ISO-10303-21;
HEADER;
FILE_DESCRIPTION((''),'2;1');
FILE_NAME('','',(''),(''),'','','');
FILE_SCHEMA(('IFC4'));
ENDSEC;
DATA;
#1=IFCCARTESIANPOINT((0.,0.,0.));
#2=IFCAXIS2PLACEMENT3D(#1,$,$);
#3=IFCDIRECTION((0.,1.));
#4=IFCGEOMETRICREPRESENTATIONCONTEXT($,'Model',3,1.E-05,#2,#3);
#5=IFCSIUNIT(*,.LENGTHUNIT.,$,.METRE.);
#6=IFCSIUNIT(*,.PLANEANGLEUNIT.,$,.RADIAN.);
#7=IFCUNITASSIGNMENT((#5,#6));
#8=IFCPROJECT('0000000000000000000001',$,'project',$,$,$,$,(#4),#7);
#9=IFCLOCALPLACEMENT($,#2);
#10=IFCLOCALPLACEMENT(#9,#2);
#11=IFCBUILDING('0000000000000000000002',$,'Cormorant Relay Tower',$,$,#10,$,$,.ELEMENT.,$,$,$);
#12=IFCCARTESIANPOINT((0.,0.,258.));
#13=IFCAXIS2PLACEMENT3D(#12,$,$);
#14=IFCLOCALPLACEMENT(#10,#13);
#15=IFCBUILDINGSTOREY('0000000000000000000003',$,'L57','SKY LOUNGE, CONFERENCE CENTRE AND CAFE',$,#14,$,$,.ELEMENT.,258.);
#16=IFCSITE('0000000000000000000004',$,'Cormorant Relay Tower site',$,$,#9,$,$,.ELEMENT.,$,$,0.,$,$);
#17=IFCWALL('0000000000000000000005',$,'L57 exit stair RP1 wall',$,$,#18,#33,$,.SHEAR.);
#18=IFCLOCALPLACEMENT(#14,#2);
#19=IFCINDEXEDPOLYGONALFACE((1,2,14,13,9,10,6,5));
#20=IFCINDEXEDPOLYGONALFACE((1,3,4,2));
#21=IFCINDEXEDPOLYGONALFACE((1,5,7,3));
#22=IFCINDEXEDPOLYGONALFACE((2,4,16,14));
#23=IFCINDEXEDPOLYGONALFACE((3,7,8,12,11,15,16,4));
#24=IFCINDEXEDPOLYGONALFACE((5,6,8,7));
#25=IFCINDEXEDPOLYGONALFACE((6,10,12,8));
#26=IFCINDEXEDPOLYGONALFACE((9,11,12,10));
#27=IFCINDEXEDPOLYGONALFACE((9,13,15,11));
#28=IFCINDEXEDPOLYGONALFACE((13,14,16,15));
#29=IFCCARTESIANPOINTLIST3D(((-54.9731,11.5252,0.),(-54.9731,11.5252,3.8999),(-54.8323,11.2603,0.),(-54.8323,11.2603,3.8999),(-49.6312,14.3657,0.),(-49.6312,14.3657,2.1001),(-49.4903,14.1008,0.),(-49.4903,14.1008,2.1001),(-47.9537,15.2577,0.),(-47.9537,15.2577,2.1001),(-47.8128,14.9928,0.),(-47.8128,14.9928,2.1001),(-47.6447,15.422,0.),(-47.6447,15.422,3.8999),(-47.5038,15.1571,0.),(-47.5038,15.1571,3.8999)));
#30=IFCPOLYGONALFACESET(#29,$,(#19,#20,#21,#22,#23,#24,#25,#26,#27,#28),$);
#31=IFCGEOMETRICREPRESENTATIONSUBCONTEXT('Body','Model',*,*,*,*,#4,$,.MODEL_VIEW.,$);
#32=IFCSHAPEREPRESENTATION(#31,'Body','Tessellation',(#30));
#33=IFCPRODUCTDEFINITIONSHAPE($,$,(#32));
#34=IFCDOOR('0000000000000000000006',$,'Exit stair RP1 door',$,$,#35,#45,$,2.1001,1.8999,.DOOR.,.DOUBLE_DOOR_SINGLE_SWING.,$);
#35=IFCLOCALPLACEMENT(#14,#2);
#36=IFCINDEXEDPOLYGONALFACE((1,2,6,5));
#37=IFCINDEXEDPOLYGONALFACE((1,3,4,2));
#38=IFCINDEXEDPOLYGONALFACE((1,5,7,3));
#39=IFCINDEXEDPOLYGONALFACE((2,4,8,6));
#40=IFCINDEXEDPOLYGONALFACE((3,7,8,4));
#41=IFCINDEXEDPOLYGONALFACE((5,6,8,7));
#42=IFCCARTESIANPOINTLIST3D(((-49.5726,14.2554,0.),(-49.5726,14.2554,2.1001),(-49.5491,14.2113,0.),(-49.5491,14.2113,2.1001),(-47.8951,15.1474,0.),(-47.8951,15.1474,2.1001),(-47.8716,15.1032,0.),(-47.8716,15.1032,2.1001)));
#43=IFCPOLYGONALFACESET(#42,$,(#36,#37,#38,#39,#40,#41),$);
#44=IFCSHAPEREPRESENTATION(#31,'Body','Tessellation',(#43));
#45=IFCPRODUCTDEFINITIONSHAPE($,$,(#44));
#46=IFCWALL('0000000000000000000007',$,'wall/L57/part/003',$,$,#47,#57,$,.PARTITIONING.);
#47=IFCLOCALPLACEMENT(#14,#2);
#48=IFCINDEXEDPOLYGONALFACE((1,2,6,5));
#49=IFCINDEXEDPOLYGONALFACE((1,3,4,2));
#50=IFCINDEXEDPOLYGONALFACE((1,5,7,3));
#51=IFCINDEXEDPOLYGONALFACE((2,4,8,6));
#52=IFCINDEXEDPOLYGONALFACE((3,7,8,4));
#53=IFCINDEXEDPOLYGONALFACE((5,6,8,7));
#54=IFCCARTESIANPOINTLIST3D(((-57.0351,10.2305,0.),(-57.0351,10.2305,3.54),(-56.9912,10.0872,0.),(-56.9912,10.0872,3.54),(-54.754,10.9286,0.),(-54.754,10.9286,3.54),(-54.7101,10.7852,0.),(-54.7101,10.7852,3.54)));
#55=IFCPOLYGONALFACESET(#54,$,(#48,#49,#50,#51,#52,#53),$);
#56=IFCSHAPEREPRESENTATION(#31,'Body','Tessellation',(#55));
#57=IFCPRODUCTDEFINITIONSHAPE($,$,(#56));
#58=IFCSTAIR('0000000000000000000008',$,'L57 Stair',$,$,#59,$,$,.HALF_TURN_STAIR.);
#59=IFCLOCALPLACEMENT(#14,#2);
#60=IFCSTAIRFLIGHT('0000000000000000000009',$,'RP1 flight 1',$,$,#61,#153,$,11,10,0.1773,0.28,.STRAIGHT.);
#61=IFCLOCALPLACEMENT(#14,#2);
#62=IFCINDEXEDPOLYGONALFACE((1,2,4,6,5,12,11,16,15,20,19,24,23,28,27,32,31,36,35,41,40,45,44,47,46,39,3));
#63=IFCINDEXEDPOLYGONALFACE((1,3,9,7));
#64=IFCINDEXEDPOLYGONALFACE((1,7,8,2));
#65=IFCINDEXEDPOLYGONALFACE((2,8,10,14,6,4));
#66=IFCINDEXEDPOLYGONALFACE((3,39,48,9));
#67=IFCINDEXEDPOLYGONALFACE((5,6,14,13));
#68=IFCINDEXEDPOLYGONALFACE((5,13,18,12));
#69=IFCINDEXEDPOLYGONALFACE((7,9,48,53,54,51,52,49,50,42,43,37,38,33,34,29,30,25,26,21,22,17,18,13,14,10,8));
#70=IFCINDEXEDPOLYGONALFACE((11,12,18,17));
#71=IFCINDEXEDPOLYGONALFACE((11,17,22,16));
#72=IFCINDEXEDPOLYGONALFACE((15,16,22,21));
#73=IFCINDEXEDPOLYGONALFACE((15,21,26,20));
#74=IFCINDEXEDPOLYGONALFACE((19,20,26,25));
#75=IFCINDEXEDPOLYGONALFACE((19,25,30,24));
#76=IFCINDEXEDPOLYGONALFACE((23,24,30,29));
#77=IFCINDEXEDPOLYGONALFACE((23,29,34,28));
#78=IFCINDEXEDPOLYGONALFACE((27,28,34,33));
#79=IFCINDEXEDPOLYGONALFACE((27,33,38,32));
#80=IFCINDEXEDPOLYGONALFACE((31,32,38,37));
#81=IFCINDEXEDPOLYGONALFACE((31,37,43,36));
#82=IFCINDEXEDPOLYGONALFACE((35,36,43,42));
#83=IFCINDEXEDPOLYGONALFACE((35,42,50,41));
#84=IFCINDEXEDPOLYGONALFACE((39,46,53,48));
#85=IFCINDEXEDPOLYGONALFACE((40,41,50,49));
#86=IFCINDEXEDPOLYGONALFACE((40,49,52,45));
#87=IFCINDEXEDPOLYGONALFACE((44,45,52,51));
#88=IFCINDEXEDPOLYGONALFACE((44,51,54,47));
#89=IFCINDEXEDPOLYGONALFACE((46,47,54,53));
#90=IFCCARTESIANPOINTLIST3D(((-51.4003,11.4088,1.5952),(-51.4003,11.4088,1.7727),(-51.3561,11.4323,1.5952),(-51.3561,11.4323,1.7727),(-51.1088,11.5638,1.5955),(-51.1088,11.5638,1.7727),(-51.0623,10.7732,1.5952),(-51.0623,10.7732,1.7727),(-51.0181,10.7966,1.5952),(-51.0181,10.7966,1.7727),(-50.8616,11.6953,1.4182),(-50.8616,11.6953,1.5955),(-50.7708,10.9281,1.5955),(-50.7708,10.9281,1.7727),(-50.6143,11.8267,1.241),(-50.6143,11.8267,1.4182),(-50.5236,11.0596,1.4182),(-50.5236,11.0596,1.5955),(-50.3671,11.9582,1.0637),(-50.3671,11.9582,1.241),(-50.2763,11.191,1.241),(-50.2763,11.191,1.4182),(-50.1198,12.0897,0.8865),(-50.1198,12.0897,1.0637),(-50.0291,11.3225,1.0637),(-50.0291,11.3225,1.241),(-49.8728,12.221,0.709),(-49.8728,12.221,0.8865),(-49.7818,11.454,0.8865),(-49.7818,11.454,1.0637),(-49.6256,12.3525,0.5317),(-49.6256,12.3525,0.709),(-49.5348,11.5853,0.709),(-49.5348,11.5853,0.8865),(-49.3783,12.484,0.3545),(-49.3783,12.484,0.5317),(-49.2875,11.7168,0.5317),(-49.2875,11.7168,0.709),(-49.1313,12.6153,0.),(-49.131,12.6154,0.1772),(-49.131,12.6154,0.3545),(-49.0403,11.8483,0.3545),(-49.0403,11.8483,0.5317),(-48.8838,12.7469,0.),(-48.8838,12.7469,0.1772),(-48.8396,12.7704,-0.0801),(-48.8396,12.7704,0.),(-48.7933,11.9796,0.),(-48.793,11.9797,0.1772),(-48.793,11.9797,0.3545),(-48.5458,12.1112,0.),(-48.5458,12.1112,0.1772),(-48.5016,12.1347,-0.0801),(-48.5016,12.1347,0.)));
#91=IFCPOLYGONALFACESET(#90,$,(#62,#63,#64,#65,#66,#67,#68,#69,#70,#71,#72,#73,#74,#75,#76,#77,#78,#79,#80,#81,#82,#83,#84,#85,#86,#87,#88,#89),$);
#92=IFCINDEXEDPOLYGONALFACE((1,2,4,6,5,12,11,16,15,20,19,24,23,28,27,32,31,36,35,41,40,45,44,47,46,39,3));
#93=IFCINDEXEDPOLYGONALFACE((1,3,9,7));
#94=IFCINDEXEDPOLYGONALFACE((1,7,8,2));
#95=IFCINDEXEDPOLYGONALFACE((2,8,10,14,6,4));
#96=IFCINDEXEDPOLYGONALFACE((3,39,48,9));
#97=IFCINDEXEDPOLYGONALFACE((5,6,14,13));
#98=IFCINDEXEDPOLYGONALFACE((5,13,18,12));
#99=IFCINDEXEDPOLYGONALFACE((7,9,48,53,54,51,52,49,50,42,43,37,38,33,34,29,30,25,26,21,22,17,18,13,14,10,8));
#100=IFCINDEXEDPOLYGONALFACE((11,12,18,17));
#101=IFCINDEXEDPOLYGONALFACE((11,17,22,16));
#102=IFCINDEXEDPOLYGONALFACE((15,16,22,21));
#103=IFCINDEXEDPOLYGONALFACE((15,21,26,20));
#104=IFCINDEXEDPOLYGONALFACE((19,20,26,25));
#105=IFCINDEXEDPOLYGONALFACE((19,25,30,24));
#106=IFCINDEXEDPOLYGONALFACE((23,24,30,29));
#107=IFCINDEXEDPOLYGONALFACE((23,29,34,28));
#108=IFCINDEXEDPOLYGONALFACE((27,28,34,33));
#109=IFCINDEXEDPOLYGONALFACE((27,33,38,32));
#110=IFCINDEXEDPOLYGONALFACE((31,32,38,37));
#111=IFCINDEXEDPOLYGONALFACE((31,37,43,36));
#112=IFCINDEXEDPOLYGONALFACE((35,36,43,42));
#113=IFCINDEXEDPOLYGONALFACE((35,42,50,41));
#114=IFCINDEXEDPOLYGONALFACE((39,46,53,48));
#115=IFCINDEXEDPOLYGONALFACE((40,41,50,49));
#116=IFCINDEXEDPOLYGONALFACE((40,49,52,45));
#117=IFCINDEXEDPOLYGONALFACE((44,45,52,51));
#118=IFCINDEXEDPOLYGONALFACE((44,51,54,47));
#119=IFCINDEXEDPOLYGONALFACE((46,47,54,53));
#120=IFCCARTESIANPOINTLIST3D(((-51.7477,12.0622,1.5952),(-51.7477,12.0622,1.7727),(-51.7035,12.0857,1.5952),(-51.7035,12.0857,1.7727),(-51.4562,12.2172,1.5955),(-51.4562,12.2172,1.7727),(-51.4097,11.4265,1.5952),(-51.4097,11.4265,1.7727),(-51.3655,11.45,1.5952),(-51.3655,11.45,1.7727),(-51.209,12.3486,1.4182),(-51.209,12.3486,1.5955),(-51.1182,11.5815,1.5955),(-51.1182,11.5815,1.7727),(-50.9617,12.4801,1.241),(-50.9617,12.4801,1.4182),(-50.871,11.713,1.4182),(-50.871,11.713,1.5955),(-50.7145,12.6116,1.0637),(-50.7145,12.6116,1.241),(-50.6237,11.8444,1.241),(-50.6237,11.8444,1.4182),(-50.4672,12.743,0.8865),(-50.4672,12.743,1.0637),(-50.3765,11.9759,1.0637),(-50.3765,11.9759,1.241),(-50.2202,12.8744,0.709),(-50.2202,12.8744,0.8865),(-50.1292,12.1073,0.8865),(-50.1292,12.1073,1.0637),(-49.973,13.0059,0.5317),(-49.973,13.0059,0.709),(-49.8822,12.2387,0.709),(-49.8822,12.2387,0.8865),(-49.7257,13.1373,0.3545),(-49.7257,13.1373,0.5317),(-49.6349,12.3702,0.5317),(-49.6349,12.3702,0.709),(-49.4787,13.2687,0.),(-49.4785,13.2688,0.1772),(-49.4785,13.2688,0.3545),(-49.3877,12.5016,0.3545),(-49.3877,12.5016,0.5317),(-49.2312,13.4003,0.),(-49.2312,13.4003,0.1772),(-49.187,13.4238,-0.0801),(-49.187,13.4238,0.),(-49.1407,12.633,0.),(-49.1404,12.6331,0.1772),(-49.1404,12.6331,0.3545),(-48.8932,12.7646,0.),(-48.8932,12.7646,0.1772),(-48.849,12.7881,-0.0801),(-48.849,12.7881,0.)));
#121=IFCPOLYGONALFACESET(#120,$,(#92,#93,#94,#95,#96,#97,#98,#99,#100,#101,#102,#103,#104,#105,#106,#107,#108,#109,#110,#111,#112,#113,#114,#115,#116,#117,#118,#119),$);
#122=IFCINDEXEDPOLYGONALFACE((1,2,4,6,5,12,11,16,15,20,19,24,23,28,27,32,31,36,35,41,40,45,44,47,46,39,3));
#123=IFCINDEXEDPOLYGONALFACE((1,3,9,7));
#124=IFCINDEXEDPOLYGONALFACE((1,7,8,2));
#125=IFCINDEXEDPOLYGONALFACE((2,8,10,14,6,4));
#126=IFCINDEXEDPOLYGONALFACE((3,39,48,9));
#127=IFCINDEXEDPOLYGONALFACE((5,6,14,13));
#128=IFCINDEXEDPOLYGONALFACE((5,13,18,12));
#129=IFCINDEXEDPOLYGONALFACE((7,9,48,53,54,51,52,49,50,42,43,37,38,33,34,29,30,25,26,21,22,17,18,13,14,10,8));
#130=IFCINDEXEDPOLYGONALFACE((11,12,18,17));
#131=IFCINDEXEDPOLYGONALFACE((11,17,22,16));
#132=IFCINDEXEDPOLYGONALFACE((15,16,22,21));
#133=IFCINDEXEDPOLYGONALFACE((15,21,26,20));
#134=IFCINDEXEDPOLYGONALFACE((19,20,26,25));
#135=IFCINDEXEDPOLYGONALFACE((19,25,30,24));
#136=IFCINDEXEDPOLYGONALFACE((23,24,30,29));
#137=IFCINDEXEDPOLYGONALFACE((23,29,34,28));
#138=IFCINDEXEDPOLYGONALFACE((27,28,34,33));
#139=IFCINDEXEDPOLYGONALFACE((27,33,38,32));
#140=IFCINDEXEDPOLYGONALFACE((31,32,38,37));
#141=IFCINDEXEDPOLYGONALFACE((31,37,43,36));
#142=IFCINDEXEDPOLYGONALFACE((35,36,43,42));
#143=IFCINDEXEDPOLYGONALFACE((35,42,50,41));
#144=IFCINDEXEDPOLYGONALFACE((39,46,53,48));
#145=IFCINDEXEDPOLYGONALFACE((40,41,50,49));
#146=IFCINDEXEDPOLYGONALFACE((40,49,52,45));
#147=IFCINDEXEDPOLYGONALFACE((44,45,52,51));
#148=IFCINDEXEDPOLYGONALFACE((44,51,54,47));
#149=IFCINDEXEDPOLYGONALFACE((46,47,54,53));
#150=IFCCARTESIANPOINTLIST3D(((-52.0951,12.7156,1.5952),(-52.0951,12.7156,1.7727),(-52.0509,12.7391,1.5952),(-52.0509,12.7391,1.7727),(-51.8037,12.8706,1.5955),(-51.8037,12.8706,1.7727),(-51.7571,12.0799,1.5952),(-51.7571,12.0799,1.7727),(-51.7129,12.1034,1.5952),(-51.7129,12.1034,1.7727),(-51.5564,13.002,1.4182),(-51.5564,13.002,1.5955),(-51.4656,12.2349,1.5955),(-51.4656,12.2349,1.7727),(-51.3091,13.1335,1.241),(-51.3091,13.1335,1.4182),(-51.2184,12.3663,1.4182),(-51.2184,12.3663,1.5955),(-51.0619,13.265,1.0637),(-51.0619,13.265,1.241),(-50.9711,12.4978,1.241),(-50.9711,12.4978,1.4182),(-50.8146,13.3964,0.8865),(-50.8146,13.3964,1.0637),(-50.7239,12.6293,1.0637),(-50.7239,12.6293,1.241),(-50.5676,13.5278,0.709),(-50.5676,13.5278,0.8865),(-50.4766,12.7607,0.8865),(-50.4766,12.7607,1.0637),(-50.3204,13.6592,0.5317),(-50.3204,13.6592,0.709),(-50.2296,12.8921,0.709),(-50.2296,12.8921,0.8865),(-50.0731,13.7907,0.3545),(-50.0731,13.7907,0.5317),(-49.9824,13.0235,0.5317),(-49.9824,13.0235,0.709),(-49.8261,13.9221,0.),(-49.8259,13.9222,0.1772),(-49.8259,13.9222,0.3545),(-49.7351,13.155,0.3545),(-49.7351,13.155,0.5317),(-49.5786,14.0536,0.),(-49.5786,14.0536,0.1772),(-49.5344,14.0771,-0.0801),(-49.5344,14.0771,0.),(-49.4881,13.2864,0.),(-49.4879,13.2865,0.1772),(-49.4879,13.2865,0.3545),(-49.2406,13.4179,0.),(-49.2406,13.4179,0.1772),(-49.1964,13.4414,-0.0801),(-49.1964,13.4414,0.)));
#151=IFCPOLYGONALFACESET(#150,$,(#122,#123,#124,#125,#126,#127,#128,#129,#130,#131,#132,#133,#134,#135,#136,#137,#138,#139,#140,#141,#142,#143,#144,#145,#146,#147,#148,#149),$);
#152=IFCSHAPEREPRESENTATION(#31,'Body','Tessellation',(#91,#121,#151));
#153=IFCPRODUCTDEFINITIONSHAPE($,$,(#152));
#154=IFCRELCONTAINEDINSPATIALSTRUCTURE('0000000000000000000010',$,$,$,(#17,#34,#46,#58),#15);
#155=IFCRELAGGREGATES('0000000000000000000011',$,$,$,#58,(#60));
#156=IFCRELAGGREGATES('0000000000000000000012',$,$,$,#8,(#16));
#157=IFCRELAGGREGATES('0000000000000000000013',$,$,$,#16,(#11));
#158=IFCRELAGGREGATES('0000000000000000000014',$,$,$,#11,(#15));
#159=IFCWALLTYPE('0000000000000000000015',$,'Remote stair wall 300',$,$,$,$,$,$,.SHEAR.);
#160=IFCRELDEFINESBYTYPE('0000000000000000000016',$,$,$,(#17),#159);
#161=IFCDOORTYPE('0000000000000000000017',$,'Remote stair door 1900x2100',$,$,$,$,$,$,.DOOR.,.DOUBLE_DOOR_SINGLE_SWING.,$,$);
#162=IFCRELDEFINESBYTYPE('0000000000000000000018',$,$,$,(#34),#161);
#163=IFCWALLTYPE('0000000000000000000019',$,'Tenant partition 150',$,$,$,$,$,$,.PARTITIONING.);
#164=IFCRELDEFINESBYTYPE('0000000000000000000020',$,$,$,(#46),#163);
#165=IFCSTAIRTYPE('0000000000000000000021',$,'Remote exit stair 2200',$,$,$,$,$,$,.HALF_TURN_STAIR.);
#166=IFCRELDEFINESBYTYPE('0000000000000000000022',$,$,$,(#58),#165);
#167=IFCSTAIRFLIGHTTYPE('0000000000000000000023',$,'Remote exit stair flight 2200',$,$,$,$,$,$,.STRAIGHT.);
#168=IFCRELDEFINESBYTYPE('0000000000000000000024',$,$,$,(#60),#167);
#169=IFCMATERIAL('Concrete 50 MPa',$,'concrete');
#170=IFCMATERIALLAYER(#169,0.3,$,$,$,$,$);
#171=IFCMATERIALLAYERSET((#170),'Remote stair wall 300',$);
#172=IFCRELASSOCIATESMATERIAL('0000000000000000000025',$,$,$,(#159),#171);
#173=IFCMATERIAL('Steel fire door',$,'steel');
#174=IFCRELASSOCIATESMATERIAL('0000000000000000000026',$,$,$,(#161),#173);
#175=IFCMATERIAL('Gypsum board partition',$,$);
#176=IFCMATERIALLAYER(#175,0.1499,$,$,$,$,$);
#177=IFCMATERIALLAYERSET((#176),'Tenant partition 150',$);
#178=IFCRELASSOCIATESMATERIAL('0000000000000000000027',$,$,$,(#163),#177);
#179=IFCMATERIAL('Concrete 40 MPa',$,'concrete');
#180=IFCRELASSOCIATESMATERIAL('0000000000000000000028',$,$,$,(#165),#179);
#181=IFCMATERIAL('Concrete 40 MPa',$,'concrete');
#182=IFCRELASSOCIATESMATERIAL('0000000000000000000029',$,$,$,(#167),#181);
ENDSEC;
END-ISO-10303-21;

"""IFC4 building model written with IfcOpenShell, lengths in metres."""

from ifc_helpers import new_model, si_unit, direction, frame, frame_2d, origin, place, context, subcontext, project, spatial, polyline, rectangle, outline, extrude, material, layer, layer_set, type_object, element, fill, aggregate, save


model = new_model("IFC4")

# Units and contexts
model_context = context("Model", 3, precision=1e-05, world=origin(), true_north=direction((0.0, 1.0)))
body_context = subcontext(model_context, "Body", "Model", "MODEL_VIEW")
ifc_project = project(units=[si_unit("LENGTHUNIT", "METRE"), si_unit("PLANEANGLEUNIT", "RADIAN")], contexts=[model_context])

# Site, building, storey
site_placement = place(None, origin())
site = spatial("IfcSite", under=ifc_project, at=site_placement, Name="Cormorant Relay Tower site", CompositionType="ELEMENT", RefElevation=0.0)
building_placement = place(site_placement, origin())
building = spatial("IfcBuilding", under=site, at=building_placement, Name="Cormorant Relay Tower", CompositionType="ELEMENT")
storey_placement = place(building_placement, frame((0.0, 0.0, 258.0)))
storey = spatial("IfcBuildingStorey", under=building, at=storey_placement, Name="L57", Description="SKY LOUNGE, CONFERENCE CENTRE AND CAFE", CompositionType="ELEMENT", Elevation=258.0)

# Shared definitions
ifc_material_1 = material(Name="Concrete 50 MPa", Category="concrete")
ifc_layer_1 = layer(ifc_material_1, 0.3)
ifc_layer_set_1 = layer_set([ifc_layer_1], Name="Remote stair wall 300")
wall_type_1 = type_object("IfcWallType", Name="Remote stair wall 300", PredefinedType="SHEAR", material=ifc_layer_set_1)

# Wall, opening, door
wall_1_placement = place(storey_placement, frame((-54.9026, 11.3928, 0.0), z_axis=(0.0, 0.0, 1.0), x_axis=(0.882939, 0.469487, 0.0)))
wall_1 = element("IfcWall", 1, at=wall_1_placement, inside=storey, type_object=wall_type_1, Name="L57 exit stair RP1 wall", PredefinedType="SHEAR", context=body_context, shape_type="SweptSolid", body=[
    extrude(rectangle(XDim=8.3, YDim=0.3, at=frame_2d((4.1499, 0.0))), origin(), (0.0, 0.0, 1.0), 3.8999),
])
opening_placement = place(wall_1_placement, frame((6.05, 0.0, 0.0)))
opening = element("IfcOpeningElement", 2, at=opening_placement, cuts=wall_1, PredefinedType="OPENING", context=body_context, shape_type="SweptSolid", body=[
    extrude(rectangle(XDim=1.8999, YDim=2.1001, at=frame_2d((0.95, 1.05))), frame((0.0, 0.1599, 0.0), z_axis=(0.0, -1.0, 0.0), x_axis=(1.0, 0.0, 0.0)), (0.0, 0.0, 1.0), 0.3201),
])
ifc_material_2 = material(Name="Steel fire door", Category="steel")
door_type = type_object("IfcDoorType", Name="Remote stair door 1900x2100", OperationType="DOUBLE_DOOR_SINGLE_SWING", PredefinedType="DOOR", material=ifc_material_2)
door_placement = place(opening_placement, frame((1.8999, 0.0, 0.0), z_axis=(0.0, 0.0, 1.0), x_axis=(-1.0, 0.0, 0.0)))
door = element("IfcDoor", 3, at=door_placement, inside=storey, type_object=door_type, Name="Exit stair RP1 door", OperationType="DOUBLE_DOOR_SINGLE_SWING", OverallHeight=2.1001, OverallWidth=1.8999, PredefinedType="DOOR", context=body_context, shape_type="SweptSolid", body=[
    extrude(rectangle(XDim=1.8999, YDim=2.1001, at=frame_2d((0.95, 1.05))), frame((0.0, 0.0249, 0.0), z_axis=(0.0, -1.0, 0.0), x_axis=(1.0, 0.0, 0.0)), (0.0, 0.0, 1.0), 0.05),
])
fill(opening, door)

# Wall
ifc_material_3 = material(Name="Gypsum board partition")
ifc_layer_2 = layer(ifc_material_3, 0.1499)
ifc_layer_set_2 = layer_set([ifc_layer_2], Name="Tenant partition 150")
wall_type_2 = type_object("IfcWallType", Name="Tenant partition 150", PredefinedType="PARTITIONING", material=ifc_layer_set_2)
wall_2_placement = place(storey_placement, frame((-54.7319, 10.8569, 0.0), z_axis=(0.0, 0.0, 1.0), x_axis=(-0.956232, -0.292611, 0.0)))
element("IfcWall", 4, at=wall_2_placement, inside=storey, type_object=wall_type_2, Name="wall/L57/part/003", PredefinedType="PARTITIONING", context=body_context, shape_type="SweptSolid", body=[
    extrude(rectangle(XDim=2.3855, YDim=0.1499, at=frame_2d((1.1929, 0.0))), origin(), (0.0, 0.0, 1.0), 3.54),
])

# Stair, stair flight
ifc_material_4 = material(Name="Concrete 40 MPa", Category="concrete")
stair_type = type_object("IfcStairType", Name="Remote exit stair 2200", PredefinedType="HALF_TURN_STAIR", material=ifc_material_4)
stair_placement = place(storey_placement, origin())
stair = element("IfcStair", 5, at=stair_placement, inside=storey, type_object=stair_type, Name="L57 Stair", PredefinedType="HALF_TURN_STAIR")
ifc_material_5 = material(Name="Concrete 40 MPa", Category="concrete")
stair_flight_type = type_object("IfcStairFlightType", Name="Remote exit stair flight 2200", PredefinedType="STRAIGHT", material=ifc_material_5)
stair_flight_1_placement = place(storey_placement, frame((-49.0623, 13.0825, 0.0), z_axis=(0.0, 0.0, 1.0), x_axis=(-0.882948, -0.469472, 0.0)))
stair_flight_1 = element("IfcStairFlight", 6, at=stair_flight_1_placement, type_object=stair_flight_type, Name="RP1 flight 1", NumberOfRisers=11, NumberOfTreads=10, PredefinedType="STRAIGHT", RiserHeight=0.1773, TreadLength=0.28, context=body_context, shape_type="SweptSolid", body=[
    extrude(outline(polyline([(-0.05, -0.0801), (-0.05, 0.0), (0.0, 0.0), (0.0, 0.1772), (0.28, 0.1772), (0.28, 0.3545), (0.5601, 0.3545), (0.5601, 0.5317), (0.8401, 0.5317), (0.8401, 0.709), (1.1201, 0.709), (1.1201, 0.8865), (1.3999, 0.8865), (1.3999, 1.0637), (1.6799, 1.0637), (1.6799, 1.241), (1.96, 1.241), (1.96, 1.4182), (2.24, 1.4182), (2.24, 1.5955), (2.52, 1.5955), (2.52, 1.7727), (2.8, 1.7727), (2.8501, 1.7727), (2.8501, 1.5952), (2.8, 1.5952), (0.2803, 0.0), (-0.05, -0.0801)])), frame((0.0, 1.1001, 0.0), z_axis=(0.0, -1.0, 0.0), x_axis=(1.0, 0.0, 0.0)), (0.0, 0.0, 1.0), 0.72),
    extrude(outline(polyline([(-0.05, -0.0801), (-0.05, 0.0), (0.0, 0.0), (0.0, 0.1772), (0.28, 0.1772), (0.28, 0.3545), (0.5601, 0.3545), (0.5601, 0.5317), (0.8401, 0.5317), (0.8401, 0.709), (1.1201, 0.709), (1.1201, 0.8865), (1.3999, 0.8865), (1.3999, 1.0637), (1.6799, 1.0637), (1.6799, 1.241), (1.96, 1.241), (1.96, 1.4182), (2.24, 1.4182), (2.24, 1.5955), (2.52, 1.5955), (2.52, 1.7727), (2.8, 1.7727), (2.8501, 1.7727), (2.8501, 1.5952), (2.8, 1.5952), (0.2803, 0.0), (-0.05, -0.0801)])), frame((0.0, 0.3601, 0.0), z_axis=(0.0, -1.0, 0.0), x_axis=(1.0, 0.0, 0.0)), (0.0, 0.0, 1.0), 0.72),
    extrude(outline(polyline([(-0.05, -0.0801), (-0.05, 0.0), (0.0, 0.0), (0.0, 0.1772), (0.28, 0.1772), (0.28, 0.3545), (0.5601, 0.3545), (0.5601, 0.5317), (0.8401, 0.5317), (0.8401, 0.709), (1.1201, 0.709), (1.1201, 0.8865), (1.3999, 0.8865), (1.3999, 1.0637), (1.6799, 1.0637), (1.6799, 1.241), (1.96, 1.241), (1.96, 1.4182), (2.24, 1.4182), (2.24, 1.5955), (2.52, 1.5955), (2.52, 1.7727), (2.8, 1.7727), (2.8501, 1.7727), (2.8501, 1.5952), (2.8, 1.5952), (0.2803, 0.0), (-0.05, -0.0801)])), frame((0.0, -0.3799, 0.0), z_axis=(0.0, -1.0, 0.0), x_axis=(1.0, 0.0, 0.0)), (0.0, 0.0, 1.0), 0.72),
])
aggregate(stair, [stair_flight_1])

save(model, "model.ifc")
